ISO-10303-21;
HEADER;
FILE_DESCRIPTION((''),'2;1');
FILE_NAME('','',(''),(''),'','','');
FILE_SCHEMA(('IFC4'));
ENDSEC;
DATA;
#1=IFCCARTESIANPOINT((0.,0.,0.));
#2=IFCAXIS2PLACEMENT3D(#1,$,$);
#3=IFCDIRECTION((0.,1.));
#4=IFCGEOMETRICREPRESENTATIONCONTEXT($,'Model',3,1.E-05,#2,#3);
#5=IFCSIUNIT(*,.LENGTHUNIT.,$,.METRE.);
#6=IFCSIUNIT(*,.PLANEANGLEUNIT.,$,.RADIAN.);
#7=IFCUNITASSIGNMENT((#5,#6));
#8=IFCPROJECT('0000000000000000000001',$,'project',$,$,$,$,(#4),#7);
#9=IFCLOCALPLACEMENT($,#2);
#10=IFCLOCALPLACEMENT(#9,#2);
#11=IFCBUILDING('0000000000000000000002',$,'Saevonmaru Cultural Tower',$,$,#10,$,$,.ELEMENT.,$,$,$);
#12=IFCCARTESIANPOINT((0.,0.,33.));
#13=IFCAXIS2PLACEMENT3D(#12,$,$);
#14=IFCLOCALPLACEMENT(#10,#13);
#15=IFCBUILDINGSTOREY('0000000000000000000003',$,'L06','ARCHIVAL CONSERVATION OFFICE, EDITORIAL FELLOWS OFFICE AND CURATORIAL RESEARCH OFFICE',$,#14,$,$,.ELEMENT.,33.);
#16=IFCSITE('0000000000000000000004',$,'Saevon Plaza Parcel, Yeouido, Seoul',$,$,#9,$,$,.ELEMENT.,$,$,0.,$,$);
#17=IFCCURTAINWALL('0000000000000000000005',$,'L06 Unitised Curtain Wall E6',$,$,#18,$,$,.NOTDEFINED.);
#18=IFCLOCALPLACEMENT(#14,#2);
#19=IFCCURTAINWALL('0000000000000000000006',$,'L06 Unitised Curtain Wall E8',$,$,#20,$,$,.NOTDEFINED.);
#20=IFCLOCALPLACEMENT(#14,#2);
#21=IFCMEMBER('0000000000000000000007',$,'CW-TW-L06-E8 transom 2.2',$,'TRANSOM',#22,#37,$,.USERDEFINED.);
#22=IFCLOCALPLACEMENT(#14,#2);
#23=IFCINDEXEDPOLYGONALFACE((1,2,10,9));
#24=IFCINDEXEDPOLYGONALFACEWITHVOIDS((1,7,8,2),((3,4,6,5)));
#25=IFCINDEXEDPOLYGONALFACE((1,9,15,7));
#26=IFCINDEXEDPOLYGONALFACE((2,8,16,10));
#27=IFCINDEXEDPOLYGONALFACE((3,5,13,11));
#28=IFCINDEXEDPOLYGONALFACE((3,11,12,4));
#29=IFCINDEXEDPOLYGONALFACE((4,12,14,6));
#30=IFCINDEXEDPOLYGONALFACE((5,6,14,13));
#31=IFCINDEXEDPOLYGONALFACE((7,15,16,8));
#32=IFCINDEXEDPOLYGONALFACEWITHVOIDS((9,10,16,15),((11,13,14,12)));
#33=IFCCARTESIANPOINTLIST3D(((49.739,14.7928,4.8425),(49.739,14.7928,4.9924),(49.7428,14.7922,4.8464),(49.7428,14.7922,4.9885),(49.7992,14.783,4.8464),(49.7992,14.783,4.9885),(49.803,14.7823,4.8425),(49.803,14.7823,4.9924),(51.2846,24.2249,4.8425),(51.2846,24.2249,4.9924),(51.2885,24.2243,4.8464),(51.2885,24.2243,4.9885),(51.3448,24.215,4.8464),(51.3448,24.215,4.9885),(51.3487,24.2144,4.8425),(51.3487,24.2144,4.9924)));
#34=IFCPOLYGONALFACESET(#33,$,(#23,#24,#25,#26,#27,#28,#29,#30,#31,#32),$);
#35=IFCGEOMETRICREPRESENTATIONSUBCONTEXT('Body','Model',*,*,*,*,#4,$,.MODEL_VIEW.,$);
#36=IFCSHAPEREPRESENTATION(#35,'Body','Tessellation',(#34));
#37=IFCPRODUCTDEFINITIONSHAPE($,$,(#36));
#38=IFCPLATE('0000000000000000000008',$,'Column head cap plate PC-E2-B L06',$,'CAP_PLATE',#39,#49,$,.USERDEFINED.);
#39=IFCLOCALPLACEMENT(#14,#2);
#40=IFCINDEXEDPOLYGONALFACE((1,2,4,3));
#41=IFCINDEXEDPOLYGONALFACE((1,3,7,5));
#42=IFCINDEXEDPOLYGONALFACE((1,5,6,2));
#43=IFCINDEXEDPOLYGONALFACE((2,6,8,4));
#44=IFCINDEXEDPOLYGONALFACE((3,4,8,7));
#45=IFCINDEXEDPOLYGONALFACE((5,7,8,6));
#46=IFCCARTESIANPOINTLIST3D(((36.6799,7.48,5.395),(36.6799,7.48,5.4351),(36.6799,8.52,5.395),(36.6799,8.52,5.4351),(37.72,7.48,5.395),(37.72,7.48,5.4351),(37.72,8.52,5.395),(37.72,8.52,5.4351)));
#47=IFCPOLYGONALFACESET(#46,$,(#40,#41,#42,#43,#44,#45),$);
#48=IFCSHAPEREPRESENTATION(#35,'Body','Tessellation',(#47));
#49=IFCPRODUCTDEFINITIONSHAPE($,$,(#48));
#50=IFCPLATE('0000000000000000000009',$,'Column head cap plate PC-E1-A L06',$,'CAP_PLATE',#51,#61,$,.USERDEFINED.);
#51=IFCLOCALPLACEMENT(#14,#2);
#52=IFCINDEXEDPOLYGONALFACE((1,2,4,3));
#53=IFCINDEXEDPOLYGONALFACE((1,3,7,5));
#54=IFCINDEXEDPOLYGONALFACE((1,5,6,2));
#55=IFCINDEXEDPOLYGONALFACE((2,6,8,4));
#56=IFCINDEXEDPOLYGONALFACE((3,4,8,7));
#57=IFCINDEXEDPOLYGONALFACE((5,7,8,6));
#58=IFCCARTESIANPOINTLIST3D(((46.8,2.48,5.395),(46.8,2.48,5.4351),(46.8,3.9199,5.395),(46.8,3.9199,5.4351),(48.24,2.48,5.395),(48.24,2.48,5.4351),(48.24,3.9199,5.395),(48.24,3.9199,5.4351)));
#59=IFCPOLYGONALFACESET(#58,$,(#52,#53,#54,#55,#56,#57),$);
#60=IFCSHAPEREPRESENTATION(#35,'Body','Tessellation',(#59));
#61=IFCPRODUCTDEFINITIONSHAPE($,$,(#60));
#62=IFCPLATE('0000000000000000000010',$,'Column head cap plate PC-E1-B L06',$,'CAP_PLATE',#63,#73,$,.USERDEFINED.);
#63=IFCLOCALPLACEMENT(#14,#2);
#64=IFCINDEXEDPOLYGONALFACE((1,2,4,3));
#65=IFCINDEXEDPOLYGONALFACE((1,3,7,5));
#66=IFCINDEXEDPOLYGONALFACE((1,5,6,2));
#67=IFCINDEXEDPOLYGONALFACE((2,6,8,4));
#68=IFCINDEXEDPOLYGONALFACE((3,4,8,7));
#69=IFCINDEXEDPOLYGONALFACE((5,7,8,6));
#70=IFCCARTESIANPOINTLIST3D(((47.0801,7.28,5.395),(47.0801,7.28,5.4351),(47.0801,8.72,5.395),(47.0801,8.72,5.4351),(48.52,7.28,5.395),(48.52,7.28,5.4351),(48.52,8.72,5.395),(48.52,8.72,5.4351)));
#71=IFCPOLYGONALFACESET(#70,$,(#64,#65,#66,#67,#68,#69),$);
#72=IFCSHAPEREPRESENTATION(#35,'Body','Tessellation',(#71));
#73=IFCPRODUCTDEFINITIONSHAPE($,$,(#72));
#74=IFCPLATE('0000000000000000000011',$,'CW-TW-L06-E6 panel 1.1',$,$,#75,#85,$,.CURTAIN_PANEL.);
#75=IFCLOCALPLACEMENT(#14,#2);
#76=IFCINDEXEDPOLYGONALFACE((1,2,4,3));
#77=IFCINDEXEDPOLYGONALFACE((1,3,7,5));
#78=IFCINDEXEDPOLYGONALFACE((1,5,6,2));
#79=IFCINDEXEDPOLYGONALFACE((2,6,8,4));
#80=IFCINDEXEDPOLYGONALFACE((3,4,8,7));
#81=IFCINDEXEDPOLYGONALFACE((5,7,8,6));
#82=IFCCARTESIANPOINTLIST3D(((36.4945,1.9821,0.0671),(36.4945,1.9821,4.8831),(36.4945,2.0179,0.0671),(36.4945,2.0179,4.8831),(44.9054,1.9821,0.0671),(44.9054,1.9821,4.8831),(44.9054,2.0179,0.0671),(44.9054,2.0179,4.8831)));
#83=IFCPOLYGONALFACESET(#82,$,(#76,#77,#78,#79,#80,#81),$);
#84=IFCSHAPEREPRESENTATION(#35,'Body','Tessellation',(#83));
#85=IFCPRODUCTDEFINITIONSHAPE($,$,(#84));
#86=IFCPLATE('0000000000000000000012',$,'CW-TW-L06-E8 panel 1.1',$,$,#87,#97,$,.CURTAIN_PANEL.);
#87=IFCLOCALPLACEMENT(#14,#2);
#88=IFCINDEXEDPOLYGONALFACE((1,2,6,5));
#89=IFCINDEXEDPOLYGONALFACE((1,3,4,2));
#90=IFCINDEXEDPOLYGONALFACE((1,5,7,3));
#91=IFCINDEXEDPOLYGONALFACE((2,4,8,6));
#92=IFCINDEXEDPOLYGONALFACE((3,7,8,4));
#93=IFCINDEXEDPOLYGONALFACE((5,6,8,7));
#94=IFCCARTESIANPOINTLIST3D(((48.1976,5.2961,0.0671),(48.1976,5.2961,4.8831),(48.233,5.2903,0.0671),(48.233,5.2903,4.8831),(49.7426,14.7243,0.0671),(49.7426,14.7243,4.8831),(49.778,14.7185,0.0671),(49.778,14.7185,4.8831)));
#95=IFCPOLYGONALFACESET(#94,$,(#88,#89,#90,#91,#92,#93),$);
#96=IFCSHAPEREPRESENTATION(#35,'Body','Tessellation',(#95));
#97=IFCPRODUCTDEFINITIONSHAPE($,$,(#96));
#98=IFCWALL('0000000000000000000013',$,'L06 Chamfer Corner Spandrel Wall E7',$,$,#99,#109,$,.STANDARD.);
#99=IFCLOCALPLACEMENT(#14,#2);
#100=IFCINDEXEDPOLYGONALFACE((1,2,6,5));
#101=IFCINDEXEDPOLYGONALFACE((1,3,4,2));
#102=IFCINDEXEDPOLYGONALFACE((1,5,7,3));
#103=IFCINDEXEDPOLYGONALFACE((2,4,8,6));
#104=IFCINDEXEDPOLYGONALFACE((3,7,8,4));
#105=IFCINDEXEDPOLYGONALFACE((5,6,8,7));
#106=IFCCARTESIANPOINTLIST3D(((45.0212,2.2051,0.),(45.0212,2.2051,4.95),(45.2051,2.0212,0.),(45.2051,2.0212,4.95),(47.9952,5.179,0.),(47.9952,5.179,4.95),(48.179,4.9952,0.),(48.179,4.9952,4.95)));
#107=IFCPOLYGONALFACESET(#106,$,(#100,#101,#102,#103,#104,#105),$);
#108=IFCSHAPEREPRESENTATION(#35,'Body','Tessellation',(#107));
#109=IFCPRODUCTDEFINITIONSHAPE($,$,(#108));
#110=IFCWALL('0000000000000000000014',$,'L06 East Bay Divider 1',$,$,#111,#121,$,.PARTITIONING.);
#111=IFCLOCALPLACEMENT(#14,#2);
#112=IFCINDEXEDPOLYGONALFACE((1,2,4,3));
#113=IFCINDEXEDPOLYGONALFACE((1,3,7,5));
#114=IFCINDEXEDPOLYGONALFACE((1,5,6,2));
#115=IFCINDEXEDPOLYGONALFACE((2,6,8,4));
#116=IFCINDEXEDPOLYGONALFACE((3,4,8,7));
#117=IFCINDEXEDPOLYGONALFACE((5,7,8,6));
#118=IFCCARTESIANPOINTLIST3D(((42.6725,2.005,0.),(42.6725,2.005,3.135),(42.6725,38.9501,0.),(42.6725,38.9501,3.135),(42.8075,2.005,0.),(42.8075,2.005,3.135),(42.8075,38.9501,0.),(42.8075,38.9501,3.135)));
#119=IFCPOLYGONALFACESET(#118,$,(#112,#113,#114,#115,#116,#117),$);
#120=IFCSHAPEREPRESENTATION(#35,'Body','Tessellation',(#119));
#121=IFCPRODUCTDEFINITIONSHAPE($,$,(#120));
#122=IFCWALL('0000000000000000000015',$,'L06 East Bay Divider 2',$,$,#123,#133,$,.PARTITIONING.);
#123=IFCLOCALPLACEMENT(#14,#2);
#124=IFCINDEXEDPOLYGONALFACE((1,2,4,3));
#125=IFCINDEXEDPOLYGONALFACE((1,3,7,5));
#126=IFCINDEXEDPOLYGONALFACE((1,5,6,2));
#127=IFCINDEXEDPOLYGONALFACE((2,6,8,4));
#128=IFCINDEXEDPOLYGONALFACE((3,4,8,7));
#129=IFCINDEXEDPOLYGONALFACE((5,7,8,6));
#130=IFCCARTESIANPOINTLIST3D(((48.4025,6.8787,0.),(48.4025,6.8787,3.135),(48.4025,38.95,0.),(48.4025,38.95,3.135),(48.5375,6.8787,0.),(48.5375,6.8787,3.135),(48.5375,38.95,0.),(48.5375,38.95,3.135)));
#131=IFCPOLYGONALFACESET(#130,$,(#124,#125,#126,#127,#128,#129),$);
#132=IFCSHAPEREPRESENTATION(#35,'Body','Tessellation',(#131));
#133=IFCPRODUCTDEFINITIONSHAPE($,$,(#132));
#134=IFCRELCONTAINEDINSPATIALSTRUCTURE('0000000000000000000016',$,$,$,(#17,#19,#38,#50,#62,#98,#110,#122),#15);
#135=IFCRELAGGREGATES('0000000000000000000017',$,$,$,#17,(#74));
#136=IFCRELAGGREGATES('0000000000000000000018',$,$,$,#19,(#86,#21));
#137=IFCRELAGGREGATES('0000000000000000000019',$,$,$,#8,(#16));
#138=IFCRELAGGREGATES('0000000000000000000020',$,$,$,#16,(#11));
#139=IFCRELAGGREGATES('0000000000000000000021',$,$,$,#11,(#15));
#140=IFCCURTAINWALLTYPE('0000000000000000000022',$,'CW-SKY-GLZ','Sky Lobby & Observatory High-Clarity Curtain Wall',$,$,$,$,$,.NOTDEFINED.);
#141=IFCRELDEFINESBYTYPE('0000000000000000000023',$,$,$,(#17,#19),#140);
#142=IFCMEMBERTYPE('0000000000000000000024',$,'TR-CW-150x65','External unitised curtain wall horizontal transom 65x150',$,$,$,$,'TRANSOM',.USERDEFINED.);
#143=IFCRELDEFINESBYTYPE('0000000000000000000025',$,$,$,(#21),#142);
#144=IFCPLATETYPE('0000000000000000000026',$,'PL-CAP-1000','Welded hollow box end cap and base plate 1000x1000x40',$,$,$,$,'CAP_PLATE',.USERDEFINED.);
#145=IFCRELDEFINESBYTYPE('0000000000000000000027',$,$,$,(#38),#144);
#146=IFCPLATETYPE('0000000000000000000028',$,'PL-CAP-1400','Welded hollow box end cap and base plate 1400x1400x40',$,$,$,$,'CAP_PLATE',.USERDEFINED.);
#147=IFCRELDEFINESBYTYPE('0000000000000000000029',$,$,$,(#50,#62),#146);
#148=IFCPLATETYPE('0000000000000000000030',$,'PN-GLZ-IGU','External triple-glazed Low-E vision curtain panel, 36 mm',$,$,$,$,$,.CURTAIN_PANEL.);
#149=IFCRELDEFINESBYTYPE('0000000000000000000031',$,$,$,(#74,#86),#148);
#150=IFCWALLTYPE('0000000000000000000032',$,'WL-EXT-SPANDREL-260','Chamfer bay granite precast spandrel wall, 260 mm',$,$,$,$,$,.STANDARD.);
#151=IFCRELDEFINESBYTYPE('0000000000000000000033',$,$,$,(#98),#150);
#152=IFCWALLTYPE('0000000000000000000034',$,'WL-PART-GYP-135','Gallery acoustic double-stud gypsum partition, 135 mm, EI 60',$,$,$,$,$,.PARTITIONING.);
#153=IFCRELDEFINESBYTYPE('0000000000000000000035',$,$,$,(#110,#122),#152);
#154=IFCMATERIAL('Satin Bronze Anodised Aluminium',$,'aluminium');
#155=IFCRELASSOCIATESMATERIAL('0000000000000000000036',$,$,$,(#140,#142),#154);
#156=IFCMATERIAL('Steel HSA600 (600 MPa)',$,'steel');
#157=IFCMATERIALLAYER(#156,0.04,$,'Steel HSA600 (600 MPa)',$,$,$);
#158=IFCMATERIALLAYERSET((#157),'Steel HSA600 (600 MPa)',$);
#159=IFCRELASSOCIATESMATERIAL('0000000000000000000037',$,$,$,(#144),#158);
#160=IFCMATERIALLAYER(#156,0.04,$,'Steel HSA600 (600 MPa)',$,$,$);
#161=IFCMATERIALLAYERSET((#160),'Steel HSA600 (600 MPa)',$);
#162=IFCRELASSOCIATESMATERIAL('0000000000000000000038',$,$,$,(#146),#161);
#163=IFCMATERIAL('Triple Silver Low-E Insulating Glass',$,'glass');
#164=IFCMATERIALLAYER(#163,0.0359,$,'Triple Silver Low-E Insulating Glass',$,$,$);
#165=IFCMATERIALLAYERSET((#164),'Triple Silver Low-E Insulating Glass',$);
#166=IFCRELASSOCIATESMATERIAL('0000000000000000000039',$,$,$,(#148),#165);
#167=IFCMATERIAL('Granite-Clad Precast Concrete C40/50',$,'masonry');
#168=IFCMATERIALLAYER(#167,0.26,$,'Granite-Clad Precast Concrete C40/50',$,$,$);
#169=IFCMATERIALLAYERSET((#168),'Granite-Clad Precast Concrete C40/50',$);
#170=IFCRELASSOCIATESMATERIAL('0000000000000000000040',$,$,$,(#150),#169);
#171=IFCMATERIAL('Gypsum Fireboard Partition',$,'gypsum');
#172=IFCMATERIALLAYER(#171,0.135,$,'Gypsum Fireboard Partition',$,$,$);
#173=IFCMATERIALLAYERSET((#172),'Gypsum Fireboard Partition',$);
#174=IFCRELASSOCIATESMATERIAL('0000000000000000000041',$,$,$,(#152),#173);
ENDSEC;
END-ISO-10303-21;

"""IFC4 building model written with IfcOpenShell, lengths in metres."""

from ifc_helpers import new_model, si_unit, direction, frame, frame_2d, origin, origin_2d, place, context, subcontext, project, spatial, rectangle, hollow_rectangle, extrude, material, layer, layer_set, material_profile, profile_set, type_object, element, aggregate, save


model = new_model("IFC4")

# Units and contexts
model_context = context("Model", 3, precision=1e-05, world=origin(), true_north=direction((0.0, 1.0)))
body_context = subcontext(model_context, "Body", "Model", "MODEL_VIEW")
ifc_project = project(units=[si_unit("LENGTHUNIT", "METRE"), si_unit("PLANEANGLEUNIT", "RADIAN")], contexts=[model_context])

# Site, building, storey
site_placement = place(None, origin())
site = spatial("IfcSite", under=ifc_project, at=site_placement, Name="Saevon Plaza Parcel, Yeouido, Seoul", CompositionType="ELEMENT", RefElevation=0.0)
building_placement = place(site_placement, origin())
building = spatial("IfcBuilding", under=site, at=building_placement, Name="Saevonmaru Cultural Tower", CompositionType="ELEMENT")
storey_placement = place(building_placement, frame((0.0, 0.0, 33.0)))
storey = spatial("IfcBuildingStorey", under=building, at=storey_placement, Name="L06", Description="ARCHIVAL CONSERVATION OFFICE, EDITORIAL FELLOWS OFFICE AND CURATORIAL RESEARCH OFFICE", CompositionType="ELEMENT", Elevation=33.0)

# Shared definitions
ifc_material_1 = material(Name="Steel HSA600 (600 MPa)", Category="steel")

# Curtain wall
ifc_material_2 = material(Name="Satin Bronze Anodised Aluminium", Category="aluminium")
curtain_wall_type = type_object("IfcCurtainWallType", Name="CW-SKY-GLZ", Description="Sky Lobby & Observatory High-Clarity Curtain Wall", PredefinedType="NOTDEFINED", material=ifc_material_2)
curtain_wall_1_placement = place(storey_placement, origin())
curtain_wall_1 = element("IfcCurtainWall", 1, at=curtain_wall_1_placement, inside=storey, type_object=curtain_wall_type, Name="L06 Unitised Curtain Wall E6", PredefinedType="NOTDEFINED")

# Curtain wall
curtain_wall_2_placement = place(storey_placement, origin())
curtain_wall_2 = element("IfcCurtainWall", 2, at=curtain_wall_2_placement, inside=storey, type_object=curtain_wall_type, Name="L06 Unitised Curtain Wall E8", PredefinedType="NOTDEFINED")

# Member
ifc_material_profile_1 = material_profile(ifc_material_2, hollow_rectangle(XDim=0.0649, YDim=0.1499, WallThickness=0.0039, at=origin_2d()), Name="ALU-TRAN-150x65x4")
ifc_profile_set_1 = profile_set([ifc_material_profile_1], Name="Satin Bronze Anodised Aluminium")
member_type_1 = type_object("IfcMemberType", Name="TR-CW-150x65", Description="External unitised curtain wall horizontal transom 65x150", ElementType="TRANSOM", PredefinedType="USERDEFINED", material=ifc_profile_set_1)
member_1_placement = place(storey_placement, frame((49.771, 14.7876, 4.9175), z_axis=(0.161714, 0.986838, 0.0), x_axis=(-0.986838, 0.161714, 0.0)))
member_1 = element("IfcMember", 3, at=member_1_placement, type_object=member_type_1, Name="CW-TW-L06-E8 transom 2.2", ObjectType="TRANSOM", PredefinedType="USERDEFINED", context=body_context, shape_type="SweptSolid", body=[
    extrude(hollow_rectangle(XDim=0.0649, YDim=0.1499, WallThickness=0.0039, at=origin_2d()), origin(), (0.0, 0.0, 1.0), 9.5579),
])

# Plates
ifc_layer_1 = layer(ifc_material_1, 0.04, Name="Steel HSA600 (600 MPa)")
ifc_layer_set_1 = layer_set([ifc_layer_1], Name="Steel HSA600 (600 MPa)")
plate_type_1 = type_object("IfcPlateType", Name="PL-CAP-1000", Description="Welded hollow box end cap and base plate 1000x1000x40", ElementType="CAP_PLATE", PredefinedType="USERDEFINED", material=ifc_layer_set_1)
plate_1_placement = place(storey_placement, frame((37.2, 8.0, 5.395), z_axis=(0.0, 0.0, 1.0), x_axis=(1.0, 0.0, 0.0)))
element("IfcPlate", 4, at=plate_1_placement, inside=storey, type_object=plate_type_1, Name="Column head cap plate PC-E2-B L06", ObjectType="CAP_PLATE", PredefinedType="USERDEFINED", context=body_context, shape_type="SweptSolid", body=[
    extrude(rectangle(XDim=1.04, YDim=1.04, at=origin_2d()), origin(), (0.0, 0.0, 1.0), 0.04),
])
ifc_layer_2 = layer(ifc_material_1, 0.04, Name="Steel HSA600 (600 MPa)")
ifc_layer_set_2 = layer_set([ifc_layer_2], Name="Steel HSA600 (600 MPa)")
plate_type_2 = type_object("IfcPlateType", Name="PL-CAP-1400", Description="Welded hollow box end cap and base plate 1400x1400x40", ElementType="CAP_PLATE", PredefinedType="USERDEFINED", material=ifc_layer_set_2)
for number, where, z_axis, x_axis, name in (
    (5, (47.52, 3.2, 5.395), (0.0, 0.0, 1.0), (1.0, 0.0, 0.0), "Column head cap plate PC-E1-A L06"),
    (6, (47.8, 8.0, 5.395), (0.0, 0.0, 1.0), (1.0, 0.0, 0.0), "Column head cap plate PC-E1-B L06"),
):
    element("IfcPlate", number, at=place(storey_placement, frame(where, z_axis=z_axis, x_axis=x_axis)), inside=storey, type_object=plate_type_2, Name=name, ObjectType="CAP_PLATE", PredefinedType="USERDEFINED", context=body_context, shape_type="SweptSolid", body=[
        extrude(rectangle(XDim=1.4399, YDim=1.4399, at=origin_2d()), origin(), (0.0, 0.0, 1.0), 0.04),
    ])

# Plates
ifc_material_3 = material(Name="Triple Silver Low-E Insulating Glass", Category="glass")
ifc_layer_3 = layer(ifc_material_3, 0.0359, Name="Triple Silver Low-E Insulating Glass")
ifc_layer_set_3 = layer_set([ifc_layer_3], Name="Triple Silver Low-E Insulating Glass")
plate_type_3 = type_object("IfcPlateType", Name="PN-GLZ-IGU", Description="External triple-glazed Low-E vision curtain panel, 36 mm", PredefinedType="CURTAIN_PANEL", material=ifc_layer_set_3)
plate_2_placement = place(storey_placement, frame((40.7, 2.0, 0.0671), z_axis=(0.0, 0.0, 1.0), x_axis=(1.0, 0.0, 0.0)))
plate_2 = element("IfcPlate", 7, at=plate_2_placement, type_object=plate_type_3, Name="CW-TW-L06-E6 panel 1.1", PredefinedType="CURTAIN_PANEL", context=body_context, shape_type="SweptSolid", body=[
    extrude(rectangle(XDim=8.4109, YDim=0.0359, at=origin_2d()), origin(), (0.0, 0.0, 1.0), 4.8159),
])
aggregate(curtain_wall_1, [plate_2])
plate_3_placement = place(storey_placement, frame((48.9878, 10.0073, 0.0671), z_axis=(0.0, 0.0, 1.0), x_axis=(0.161709, 0.986839, 0.0)))
plate_3 = element("IfcPlate", 8, at=plate_3_placement, type_object=plate_type_3, Name="CW-TW-L06-E8 panel 1.1", PredefinedType="CURTAIN_PANEL", context=body_context, shape_type="SweptSolid", body=[
    extrude(rectangle(XDim=9.554, YDim=0.0359, at=origin_2d()), origin(), (0.0, 0.0, 1.0), 4.8159),
])
aggregate(curtain_wall_2, [plate_3, member_1])

# Walls
ifc_material_4 = material(Name="Granite-Clad Precast Concrete C40/50", Category="masonry")
ifc_layer_4 = layer(ifc_material_4, 0.26, Name="Granite-Clad Precast Concrete C40/50")
ifc_layer_set_4 = layer_set([ifc_layer_4], Name="Granite-Clad Precast Concrete C40/50")
wall_type_1 = type_object("IfcWallType", Name="WL-EXT-SPANDREL-260", Description="Chamfer bay granite precast spandrel wall, 260 mm", PredefinedType="STANDARD", material=ifc_layer_set_4)
wall_1_placement = place(storey_placement, frame((45.113, 2.113, 0.0), z_axis=(0.0, 0.0, 1.0), x_axis=(0.707107, 0.707107, 0.0)))
element("IfcWall", 9, at=wall_1_placement, inside=storey, type_object=wall_type_1, Name="L06 Chamfer Corner Spandrel Wall E7", PredefinedType="STANDARD", context=body_context, shape_type="SweptSolid", body=[
    extrude(rectangle(XDim=4.2058, YDim=0.26, at=frame_2d((2.103, 0.0))), origin(), (0.0, 0.0, 1.0), 4.95),
])
ifc_material_5 = material(Name="Gypsum Fireboard Partition", Category="gypsum")
ifc_layer_5 = layer(ifc_material_5, 0.135, Name="Gypsum Fireboard Partition")
ifc_layer_set_5 = layer_set([ifc_layer_5], Name="Gypsum Fireboard Partition")
wall_type_2 = type_object("IfcWallType", Name="WL-PART-GYP-135", Description="Gallery acoustic double-stud gypsum partition, 135 mm, EI 60", PredefinedType="PARTITIONING", material=ifc_layer_set_5)
wall_2_placement = place(storey_placement, frame((42.74, 2.0049, 0.0), z_axis=(0.0, 0.0, 1.0), x_axis=(0.0, 1.0, 0.0)))
element("IfcWall", 10, at=wall_2_placement, inside=storey, type_object=wall_type_2, Name="L06 East Bay Divider 1", PredefinedType="PARTITIONING", context=body_context, shape_type="SweptSolid", body=[
    extrude(rectangle(XDim=36.9451, YDim=0.135, at=frame_2d((18.4727, 0.0))), origin(), (0.0, 0.0, 1.0), 3.135),
])
wall_3_placement = place(storey_placement, frame((48.47, 6.8787, 0.0), z_axis=(0.0, 0.0, 1.0), x_axis=(0.0, 1.0, 0.0)))
element("IfcWall", 11, at=wall_3_placement, inside=storey, type_object=wall_type_2, Name="L06 East Bay Divider 2", PredefinedType="PARTITIONING", context=body_context, shape_type="SweptSolid", body=[
    extrude(rectangle(XDim=32.0713, YDim=0.135, at=frame_2d((16.0356, 0.0))), origin(), (0.0, 0.0, 1.0), 3.135),
])

save(model, "model.ifc")
